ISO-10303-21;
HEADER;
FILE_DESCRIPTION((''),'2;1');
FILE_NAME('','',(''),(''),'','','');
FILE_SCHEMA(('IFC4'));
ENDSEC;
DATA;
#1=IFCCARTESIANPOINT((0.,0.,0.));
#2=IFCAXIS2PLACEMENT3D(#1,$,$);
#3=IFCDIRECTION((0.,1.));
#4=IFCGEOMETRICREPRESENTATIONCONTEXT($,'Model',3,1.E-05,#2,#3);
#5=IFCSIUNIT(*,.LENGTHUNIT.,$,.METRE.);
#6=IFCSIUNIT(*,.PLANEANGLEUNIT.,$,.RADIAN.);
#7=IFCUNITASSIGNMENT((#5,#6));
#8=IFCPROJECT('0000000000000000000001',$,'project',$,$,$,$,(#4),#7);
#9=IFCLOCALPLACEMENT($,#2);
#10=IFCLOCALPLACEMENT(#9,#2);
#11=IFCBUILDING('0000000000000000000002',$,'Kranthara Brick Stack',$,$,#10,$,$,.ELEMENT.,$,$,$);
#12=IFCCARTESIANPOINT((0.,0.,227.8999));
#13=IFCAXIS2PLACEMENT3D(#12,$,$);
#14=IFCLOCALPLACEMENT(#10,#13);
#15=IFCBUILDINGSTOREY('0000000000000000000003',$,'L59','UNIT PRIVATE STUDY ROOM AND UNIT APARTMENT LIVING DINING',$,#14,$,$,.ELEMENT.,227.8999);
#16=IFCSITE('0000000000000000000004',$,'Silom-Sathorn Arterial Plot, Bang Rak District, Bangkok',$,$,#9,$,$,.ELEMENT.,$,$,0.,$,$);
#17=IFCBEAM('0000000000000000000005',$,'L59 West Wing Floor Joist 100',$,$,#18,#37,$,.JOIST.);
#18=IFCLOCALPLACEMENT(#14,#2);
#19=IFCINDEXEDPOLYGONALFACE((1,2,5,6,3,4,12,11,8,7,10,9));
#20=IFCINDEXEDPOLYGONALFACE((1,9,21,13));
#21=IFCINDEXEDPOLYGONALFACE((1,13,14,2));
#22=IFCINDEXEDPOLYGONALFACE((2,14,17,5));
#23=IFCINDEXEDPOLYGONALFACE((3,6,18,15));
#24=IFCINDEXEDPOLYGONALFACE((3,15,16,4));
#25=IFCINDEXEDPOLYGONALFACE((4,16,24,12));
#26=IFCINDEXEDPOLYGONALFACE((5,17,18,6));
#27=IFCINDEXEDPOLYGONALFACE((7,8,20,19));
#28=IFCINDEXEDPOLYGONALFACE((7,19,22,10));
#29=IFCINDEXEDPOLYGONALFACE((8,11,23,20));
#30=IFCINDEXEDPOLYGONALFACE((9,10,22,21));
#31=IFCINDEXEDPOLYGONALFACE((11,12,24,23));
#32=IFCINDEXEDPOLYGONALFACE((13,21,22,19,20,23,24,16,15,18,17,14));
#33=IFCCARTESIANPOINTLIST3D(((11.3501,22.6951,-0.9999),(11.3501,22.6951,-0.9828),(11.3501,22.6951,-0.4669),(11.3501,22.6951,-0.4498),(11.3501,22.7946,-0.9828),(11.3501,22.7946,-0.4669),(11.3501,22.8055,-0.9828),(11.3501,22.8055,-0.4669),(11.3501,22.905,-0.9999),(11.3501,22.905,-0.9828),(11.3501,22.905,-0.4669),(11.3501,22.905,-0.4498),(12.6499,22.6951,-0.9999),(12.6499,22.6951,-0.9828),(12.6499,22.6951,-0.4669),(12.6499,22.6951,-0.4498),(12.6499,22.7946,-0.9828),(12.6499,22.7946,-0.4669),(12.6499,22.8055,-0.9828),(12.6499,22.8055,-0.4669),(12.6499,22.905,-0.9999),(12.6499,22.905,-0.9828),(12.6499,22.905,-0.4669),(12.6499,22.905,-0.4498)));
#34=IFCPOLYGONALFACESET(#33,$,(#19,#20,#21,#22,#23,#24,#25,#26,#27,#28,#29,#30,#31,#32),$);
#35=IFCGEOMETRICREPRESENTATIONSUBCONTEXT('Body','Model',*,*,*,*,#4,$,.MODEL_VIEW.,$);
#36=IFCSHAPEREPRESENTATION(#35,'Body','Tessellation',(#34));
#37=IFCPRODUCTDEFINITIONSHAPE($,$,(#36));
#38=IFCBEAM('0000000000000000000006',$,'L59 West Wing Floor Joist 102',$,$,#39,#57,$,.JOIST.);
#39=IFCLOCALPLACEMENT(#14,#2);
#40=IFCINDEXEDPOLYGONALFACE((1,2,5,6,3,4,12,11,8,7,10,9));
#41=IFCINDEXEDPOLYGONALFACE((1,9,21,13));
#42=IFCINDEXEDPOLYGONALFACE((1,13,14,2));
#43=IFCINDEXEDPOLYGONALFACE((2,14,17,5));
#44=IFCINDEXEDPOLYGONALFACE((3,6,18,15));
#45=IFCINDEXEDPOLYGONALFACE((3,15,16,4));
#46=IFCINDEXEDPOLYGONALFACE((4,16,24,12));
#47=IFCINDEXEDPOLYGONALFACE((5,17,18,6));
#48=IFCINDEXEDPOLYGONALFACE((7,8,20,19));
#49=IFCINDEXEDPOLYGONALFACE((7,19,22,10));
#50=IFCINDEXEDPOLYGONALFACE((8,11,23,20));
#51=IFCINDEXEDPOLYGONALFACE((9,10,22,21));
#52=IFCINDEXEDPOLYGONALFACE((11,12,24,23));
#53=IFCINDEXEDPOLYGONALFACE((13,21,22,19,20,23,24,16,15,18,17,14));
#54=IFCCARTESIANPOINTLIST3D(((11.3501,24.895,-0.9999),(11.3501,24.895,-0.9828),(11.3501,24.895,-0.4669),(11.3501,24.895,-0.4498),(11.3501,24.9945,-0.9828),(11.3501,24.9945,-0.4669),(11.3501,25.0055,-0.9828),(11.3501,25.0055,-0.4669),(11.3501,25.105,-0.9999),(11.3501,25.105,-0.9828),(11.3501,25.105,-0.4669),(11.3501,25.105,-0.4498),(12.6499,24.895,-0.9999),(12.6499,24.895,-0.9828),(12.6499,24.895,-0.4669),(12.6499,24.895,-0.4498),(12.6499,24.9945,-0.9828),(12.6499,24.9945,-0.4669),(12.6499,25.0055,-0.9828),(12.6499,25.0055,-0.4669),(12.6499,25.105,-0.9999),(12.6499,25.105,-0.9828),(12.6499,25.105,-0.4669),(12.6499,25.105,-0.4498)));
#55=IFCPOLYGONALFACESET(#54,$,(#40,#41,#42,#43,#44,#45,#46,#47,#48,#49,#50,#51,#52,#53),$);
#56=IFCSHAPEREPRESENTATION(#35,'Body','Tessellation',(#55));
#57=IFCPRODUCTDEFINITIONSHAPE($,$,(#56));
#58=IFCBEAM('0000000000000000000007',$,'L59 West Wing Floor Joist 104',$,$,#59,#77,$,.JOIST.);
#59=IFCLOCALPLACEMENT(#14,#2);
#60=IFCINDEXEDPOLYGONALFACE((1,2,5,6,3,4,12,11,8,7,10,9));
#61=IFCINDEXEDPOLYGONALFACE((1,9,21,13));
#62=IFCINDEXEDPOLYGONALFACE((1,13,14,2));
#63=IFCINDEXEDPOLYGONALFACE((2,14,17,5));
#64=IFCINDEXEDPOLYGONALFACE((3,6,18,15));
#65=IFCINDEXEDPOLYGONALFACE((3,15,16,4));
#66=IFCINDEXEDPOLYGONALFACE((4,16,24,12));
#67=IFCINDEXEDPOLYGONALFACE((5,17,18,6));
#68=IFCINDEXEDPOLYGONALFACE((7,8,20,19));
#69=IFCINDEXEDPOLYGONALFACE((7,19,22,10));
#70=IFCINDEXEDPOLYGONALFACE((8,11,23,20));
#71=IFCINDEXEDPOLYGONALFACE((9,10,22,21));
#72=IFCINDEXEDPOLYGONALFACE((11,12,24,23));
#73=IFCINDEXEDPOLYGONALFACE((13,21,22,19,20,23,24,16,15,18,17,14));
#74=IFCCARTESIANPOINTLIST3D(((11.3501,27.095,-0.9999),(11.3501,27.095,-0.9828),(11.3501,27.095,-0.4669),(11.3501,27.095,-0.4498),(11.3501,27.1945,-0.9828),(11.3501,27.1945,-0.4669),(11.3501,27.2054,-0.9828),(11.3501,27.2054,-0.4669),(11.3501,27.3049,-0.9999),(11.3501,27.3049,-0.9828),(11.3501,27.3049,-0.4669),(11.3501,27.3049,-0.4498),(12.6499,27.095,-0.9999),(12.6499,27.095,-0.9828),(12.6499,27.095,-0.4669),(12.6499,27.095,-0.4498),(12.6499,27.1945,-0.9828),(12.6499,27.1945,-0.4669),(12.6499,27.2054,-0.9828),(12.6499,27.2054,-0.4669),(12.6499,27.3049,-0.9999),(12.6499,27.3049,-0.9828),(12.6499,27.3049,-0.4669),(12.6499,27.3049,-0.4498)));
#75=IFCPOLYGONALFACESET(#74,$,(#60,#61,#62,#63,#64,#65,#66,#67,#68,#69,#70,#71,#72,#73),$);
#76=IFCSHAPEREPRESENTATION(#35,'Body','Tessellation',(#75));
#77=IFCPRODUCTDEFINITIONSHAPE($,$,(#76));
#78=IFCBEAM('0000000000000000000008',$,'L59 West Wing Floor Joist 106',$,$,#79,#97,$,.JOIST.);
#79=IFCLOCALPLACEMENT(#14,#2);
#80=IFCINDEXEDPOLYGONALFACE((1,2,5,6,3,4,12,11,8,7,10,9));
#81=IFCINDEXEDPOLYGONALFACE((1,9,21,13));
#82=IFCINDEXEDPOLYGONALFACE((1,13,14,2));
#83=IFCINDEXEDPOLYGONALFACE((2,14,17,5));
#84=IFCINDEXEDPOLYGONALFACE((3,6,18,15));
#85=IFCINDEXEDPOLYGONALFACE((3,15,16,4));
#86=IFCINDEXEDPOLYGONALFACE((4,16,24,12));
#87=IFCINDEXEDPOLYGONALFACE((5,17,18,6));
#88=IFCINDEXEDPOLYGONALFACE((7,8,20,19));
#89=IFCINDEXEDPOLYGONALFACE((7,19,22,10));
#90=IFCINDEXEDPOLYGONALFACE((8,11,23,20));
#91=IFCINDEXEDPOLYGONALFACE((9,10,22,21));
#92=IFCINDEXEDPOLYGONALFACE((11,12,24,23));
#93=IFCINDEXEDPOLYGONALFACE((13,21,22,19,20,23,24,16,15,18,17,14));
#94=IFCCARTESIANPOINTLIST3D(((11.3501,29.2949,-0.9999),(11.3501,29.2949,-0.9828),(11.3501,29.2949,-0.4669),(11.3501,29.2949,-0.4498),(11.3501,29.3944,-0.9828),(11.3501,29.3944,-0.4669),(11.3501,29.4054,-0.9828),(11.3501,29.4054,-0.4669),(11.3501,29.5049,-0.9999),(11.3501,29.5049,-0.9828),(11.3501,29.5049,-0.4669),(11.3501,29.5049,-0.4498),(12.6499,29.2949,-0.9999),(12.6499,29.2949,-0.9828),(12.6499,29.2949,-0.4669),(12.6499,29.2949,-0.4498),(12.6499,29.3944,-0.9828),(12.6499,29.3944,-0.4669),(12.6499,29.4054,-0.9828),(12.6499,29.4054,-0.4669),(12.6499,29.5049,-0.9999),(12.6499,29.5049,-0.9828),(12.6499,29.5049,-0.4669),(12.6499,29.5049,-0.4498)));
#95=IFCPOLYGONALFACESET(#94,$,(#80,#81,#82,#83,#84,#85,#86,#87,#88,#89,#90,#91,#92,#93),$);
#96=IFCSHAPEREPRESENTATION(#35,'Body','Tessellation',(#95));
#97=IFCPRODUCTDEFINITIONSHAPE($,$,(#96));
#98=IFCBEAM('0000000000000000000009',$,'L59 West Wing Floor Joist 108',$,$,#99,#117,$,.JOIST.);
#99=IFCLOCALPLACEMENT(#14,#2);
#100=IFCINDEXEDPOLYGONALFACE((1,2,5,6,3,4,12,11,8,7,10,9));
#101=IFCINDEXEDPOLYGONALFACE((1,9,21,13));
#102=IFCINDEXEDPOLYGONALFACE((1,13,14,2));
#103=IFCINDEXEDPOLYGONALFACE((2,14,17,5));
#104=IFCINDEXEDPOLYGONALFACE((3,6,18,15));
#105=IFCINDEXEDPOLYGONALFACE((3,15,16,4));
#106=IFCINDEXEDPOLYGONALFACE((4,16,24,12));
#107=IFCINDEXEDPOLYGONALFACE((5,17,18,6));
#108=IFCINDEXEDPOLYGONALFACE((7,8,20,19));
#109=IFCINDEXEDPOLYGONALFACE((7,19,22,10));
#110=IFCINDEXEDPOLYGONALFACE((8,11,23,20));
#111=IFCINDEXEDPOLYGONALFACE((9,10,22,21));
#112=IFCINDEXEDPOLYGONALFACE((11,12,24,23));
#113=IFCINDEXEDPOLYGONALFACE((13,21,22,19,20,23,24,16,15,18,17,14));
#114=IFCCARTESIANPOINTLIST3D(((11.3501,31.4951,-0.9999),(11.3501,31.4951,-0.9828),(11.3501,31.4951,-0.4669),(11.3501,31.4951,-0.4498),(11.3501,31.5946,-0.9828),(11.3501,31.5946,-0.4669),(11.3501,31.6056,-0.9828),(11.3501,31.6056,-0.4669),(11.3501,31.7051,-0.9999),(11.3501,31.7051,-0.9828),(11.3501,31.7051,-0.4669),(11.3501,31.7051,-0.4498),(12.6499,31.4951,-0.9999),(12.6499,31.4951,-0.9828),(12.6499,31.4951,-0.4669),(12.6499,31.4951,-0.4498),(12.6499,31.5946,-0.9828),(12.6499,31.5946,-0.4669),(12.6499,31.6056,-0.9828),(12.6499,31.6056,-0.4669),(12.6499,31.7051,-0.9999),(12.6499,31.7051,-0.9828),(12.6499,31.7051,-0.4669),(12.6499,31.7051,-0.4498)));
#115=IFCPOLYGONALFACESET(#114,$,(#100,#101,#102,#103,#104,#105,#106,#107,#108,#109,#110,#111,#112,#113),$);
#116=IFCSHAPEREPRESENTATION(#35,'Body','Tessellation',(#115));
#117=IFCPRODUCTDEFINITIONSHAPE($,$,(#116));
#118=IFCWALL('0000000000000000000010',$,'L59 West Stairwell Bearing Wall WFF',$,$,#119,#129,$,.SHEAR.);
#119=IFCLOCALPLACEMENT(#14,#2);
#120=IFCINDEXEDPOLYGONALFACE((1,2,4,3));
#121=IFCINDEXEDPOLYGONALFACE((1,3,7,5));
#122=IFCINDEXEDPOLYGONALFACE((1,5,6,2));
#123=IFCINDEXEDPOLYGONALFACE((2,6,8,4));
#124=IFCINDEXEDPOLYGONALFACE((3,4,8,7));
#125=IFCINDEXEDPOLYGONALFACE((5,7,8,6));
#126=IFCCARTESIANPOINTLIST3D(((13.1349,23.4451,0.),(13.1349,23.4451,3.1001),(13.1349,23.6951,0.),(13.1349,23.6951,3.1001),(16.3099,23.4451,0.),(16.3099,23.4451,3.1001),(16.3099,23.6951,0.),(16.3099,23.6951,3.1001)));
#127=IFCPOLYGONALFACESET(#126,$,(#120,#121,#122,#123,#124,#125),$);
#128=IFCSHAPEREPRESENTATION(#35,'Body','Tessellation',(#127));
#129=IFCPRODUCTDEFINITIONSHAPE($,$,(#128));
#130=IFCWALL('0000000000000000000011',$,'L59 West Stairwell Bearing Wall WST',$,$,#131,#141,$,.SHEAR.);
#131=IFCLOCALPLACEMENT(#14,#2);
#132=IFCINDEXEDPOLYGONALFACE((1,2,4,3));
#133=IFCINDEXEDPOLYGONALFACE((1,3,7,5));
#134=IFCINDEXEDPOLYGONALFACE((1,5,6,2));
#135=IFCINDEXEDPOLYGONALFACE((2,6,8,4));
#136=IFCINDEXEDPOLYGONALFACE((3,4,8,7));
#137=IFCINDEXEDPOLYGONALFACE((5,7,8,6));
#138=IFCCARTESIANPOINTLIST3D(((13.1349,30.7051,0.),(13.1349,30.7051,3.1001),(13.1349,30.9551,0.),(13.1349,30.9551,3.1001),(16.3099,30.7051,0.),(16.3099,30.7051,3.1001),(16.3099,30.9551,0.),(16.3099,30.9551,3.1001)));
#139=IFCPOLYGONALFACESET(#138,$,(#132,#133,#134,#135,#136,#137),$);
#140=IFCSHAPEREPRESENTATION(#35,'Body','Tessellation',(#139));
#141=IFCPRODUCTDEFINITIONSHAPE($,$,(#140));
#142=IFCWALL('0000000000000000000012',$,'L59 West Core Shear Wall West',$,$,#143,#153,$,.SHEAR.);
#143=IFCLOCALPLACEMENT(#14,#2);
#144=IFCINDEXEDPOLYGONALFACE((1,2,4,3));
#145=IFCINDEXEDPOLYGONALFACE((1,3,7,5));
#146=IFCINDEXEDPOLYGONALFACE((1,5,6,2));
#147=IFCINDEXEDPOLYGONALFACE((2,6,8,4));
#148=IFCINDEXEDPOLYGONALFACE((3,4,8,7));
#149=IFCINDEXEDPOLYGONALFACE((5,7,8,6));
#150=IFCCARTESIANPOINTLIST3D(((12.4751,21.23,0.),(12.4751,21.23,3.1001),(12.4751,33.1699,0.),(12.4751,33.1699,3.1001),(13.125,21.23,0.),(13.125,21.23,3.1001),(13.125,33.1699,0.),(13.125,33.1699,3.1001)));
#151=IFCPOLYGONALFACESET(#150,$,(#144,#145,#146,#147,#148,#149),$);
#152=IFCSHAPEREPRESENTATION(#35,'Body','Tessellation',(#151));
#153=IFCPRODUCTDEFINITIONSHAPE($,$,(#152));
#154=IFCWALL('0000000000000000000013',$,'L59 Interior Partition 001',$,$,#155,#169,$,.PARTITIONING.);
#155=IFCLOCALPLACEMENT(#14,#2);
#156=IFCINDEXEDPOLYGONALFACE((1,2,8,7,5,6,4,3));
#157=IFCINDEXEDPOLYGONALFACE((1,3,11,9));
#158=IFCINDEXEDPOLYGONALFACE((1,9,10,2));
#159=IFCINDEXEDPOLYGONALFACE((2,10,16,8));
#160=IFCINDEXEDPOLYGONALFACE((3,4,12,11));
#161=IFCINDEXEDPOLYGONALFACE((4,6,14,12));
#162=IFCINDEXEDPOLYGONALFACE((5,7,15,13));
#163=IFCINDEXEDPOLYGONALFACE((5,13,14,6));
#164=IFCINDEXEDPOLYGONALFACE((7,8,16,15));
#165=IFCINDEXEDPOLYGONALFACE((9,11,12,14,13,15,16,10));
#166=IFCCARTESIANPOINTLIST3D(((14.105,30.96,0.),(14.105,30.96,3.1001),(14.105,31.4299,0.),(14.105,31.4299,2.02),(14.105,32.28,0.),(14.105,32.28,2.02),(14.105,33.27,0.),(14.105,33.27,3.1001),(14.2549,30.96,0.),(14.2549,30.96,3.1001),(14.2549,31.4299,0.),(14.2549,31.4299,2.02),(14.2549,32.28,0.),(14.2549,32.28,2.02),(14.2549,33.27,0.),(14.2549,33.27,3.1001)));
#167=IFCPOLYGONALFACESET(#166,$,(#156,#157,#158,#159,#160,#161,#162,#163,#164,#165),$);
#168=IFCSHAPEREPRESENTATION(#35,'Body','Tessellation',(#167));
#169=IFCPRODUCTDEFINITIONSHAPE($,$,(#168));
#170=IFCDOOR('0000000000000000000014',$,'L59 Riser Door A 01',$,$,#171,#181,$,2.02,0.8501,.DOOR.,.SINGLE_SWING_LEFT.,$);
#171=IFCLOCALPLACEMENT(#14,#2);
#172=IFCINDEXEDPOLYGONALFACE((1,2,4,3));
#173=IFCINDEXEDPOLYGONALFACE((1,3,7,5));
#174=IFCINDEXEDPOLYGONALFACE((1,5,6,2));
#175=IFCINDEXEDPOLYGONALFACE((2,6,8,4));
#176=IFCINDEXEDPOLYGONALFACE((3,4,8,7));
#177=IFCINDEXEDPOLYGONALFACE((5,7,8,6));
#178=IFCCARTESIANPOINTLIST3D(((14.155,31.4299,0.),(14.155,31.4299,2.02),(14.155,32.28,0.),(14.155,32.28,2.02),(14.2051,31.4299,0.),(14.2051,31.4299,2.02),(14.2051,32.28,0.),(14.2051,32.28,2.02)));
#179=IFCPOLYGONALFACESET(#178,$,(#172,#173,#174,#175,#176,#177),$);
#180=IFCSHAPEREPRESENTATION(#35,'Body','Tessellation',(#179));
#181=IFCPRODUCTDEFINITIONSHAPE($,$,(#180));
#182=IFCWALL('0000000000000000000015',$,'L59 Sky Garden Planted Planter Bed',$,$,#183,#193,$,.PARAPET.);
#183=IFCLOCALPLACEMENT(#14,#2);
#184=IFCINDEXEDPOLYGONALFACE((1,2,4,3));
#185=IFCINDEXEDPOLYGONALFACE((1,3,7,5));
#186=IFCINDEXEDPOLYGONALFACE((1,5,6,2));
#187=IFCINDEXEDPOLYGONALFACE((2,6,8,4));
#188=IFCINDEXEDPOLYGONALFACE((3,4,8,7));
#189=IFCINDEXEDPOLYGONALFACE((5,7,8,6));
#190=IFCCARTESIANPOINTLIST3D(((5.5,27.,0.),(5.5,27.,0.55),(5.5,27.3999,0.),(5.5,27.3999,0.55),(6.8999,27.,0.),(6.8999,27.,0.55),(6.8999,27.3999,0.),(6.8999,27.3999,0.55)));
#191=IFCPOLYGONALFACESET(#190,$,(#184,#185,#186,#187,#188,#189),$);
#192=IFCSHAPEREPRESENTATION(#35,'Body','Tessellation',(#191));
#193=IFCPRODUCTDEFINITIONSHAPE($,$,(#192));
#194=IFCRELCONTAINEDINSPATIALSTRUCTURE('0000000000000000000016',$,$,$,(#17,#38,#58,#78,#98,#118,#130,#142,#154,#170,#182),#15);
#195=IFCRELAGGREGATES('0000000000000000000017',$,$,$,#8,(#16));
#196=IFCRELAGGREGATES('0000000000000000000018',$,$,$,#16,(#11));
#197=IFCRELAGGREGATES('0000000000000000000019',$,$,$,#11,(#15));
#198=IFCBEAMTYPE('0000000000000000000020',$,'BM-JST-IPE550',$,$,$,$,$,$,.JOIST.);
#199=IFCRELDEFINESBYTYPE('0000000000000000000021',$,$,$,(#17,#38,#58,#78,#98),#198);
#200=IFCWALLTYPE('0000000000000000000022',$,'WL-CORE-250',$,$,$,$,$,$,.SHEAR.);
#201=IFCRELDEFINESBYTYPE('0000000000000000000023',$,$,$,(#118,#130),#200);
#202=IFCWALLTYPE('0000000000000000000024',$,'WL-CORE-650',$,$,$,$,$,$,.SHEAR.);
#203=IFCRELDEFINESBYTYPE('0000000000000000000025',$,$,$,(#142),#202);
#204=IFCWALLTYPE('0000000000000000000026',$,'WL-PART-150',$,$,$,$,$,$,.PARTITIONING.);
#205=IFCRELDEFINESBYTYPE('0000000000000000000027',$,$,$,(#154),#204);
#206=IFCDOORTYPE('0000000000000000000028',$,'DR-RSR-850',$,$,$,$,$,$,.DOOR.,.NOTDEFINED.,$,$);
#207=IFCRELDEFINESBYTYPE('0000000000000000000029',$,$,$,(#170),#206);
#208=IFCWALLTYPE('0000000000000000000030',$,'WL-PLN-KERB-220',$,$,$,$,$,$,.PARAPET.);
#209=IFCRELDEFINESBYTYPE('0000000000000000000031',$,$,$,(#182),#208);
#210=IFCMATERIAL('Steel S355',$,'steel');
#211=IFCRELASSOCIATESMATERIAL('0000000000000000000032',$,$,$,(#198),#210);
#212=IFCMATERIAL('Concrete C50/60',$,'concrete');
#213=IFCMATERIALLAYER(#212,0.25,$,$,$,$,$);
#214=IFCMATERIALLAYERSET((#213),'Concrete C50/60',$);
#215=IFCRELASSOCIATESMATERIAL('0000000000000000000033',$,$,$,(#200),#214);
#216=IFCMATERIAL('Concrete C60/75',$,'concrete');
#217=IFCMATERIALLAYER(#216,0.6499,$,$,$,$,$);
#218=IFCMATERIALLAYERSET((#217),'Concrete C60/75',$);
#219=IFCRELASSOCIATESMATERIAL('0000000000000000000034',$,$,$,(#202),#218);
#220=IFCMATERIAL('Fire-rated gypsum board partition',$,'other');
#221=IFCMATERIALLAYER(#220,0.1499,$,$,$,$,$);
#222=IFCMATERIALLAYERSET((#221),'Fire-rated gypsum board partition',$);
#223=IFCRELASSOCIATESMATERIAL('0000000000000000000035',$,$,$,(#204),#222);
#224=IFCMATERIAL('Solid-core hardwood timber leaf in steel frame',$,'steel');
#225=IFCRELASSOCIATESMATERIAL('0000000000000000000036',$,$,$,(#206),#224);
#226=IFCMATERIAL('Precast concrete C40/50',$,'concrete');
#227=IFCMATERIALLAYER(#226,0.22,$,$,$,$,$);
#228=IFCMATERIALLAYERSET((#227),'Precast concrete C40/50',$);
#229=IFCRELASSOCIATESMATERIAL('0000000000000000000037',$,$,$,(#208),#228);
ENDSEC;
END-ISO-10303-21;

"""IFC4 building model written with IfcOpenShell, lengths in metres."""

from ifc_helpers import new_model, si_unit, direction, frame, frame_2d, origin, origin_2d, place, context, subcontext, project, spatial, rectangle, i_section, extrude, material, layer, layer_set, material_profile, profile_set, type_object, element, fill, save


model = new_model("IFC4")

# Units and contexts
model_context = context("Model", 3, precision=1e-05, world=origin(), true_north=direction((0.0, 1.0)))
body_context = subcontext(model_context, "Body", "Model", "MODEL_VIEW")
ifc_project = project(units=[si_unit("LENGTHUNIT", "METRE"), si_unit("PLANEANGLEUNIT", "RADIAN")], contexts=[model_context])

# Site, building, storey
site_placement = place(None, origin())
site = spatial("IfcSite", under=ifc_project, at=site_placement, Name="Silom-Sathorn Arterial Plot, Bang Rak District, Bangkok", CompositionType="ELEMENT", RefElevation=0.0)
building_placement = place(site_placement, origin())
building = spatial("IfcBuilding", under=site, at=building_placement, Name="Kranthara Brick Stack", CompositionType="ELEMENT")
storey_placement = place(building_placement, frame((0.0, 0.0, 227.8999)))
storey = spatial("IfcBuildingStorey", under=building, at=storey_placement, Name="L59", Description="UNIT PRIVATE STUDY ROOM AND UNIT APARTMENT LIVING DINING", CompositionType="ELEMENT", Elevation=227.8999)

# Beams
ifc_material_1 = material(Name="Steel S355", Category="steel")
ifc_material_profile = material_profile(ifc_material_1, i_section(OverallWidth=0.21, OverallDepth=0.55, WebThickness=0.011, FlangeThickness=0.0171, at=origin_2d()), Name="IPE 550")
ifc_profile_set = profile_set([ifc_material_profile], Name="Steel S355")
beam_type = type_object("IfcBeamType", Name="BM-JST-IPE550", PredefinedType="JOIST", material=ifc_profile_set)
for number, where, z_axis, x_axis, name in (
    (1, (11.3501, 22.8, -0.7249), (1.0, 0.0, 0.0), (0.0, 1.0, 0.0), "L59 West Wing Floor Joist 100"),
    (2, (11.3501, 25.0, -0.7249), (1.0, 0.0, 0.0), (0.0, 1.0, 0.0), "L59 West Wing Floor Joist 102"),
    (3, (11.3501, 27.2, -0.7249), (1.0, 0.0, 0.0), (0.0, 1.0, 0.0), "L59 West Wing Floor Joist 104"),
    (4, (11.3501, 29.3999, -0.7249), (1.0, 0.0, 0.0), (0.0, 1.0, 0.0), "L59 West Wing Floor Joist 106"),
    (5, (11.3501, 31.6001, -0.7249), (1.0, 0.0, 0.0), (0.0, 1.0, 0.0), "L59 West Wing Floor Joist 108"),
):
    element("IfcBeam", number, at=place(storey_placement, frame(where, z_axis=z_axis, x_axis=x_axis)), inside=storey, type_object=beam_type, Name=name, PredefinedType="JOIST", context=body_context, shape_type="SweptSolid", body=[
        extrude(i_section(OverallWidth=0.21, OverallDepth=0.55, WebThickness=0.011, FlangeThickness=0.0171, at=origin_2d()), origin(), (0.0, 0.0, 1.0), 1.2998),
    ])

# Walls
ifc_material_2 = material(Name="Concrete C50/60", Category="concrete")
ifc_layer_1 = layer(ifc_material_2, 0.25)
ifc_layer_set_1 = layer_set([ifc_layer_1], Name="Concrete C50/60")
wall_type_1 = type_object("IfcWallType", Name="WL-CORE-250", PredefinedType="SHEAR", material=ifc_layer_set_1)
for number, where, z_axis, x_axis, name in (
    (6, (13.135, 23.5701, 0.0), (0.0, 0.0, 1.0), (1.0, 0.0, 0.0), "L59 West Stairwell Bearing Wall WFF"),
    (7, (13.135, 30.8301, 0.0), (0.0, 0.0, 1.0), (1.0, 0.0, 0.0), "L59 West Stairwell Bearing Wall WST"),
):
    element("IfcWall", number, at=place(storey_placement, frame(where, z_axis=z_axis, x_axis=x_axis)), inside=storey, type_object=wall_type_1, Name=name, PredefinedType="SHEAR", context=body_context, shape_type="SweptSolid", body=[
        extrude(rectangle(XDim=3.175, YDim=0.25, at=frame_2d((1.5874, 0.0))), origin(), (0.0, 0.0, 1.0), 3.1001),
    ])
ifc_material_3 = material(Name="Concrete C60/75", Category="concrete")
ifc_layer_2 = layer(ifc_material_3, 0.6499)
ifc_layer_set_2 = layer_set([ifc_layer_2], Name="Concrete C60/75")
wall_type_2 = type_object("IfcWallType", Name="WL-CORE-650", PredefinedType="SHEAR", material=ifc_layer_set_2)
wall_1_placement = place(storey_placement, frame((12.8, 21.23, 0.0), z_axis=(0.0, 0.0, 1.0), x_axis=(0.0, 1.0, 0.0)))
element("IfcWall", 8, at=wall_1_placement, inside=storey, type_object=wall_type_2, Name="L59 West Core Shear Wall West", PredefinedType="SHEAR", context=body_context, shape_type="SweptSolid", body=[
    extrude(rectangle(XDim=11.9399, YDim=0.6499, at=frame_2d((5.97, 0.0))), origin(), (0.0, 0.0, 1.0), 3.1001),
])

# Wall, opening, door
ifc_material_4 = material(Name="Fire-rated gypsum board partition", Category="other")
ifc_layer_3 = layer(ifc_material_4, 0.1499)
ifc_layer_set_3 = layer_set([ifc_layer_3], Name="Fire-rated gypsum board partition")
wall_type_3 = type_object("IfcWallType", Name="WL-PART-150", PredefinedType="PARTITIONING", material=ifc_layer_set_3)
wall_2_placement = place(storey_placement, frame((14.1799, 30.96, 0.0), z_axis=(0.0, 0.0, 1.0), x_axis=(0.0, 1.0, 0.0)))
wall_2 = element("IfcWall", 9, at=wall_2_placement, inside=storey, type_object=wall_type_3, Name="L59 Interior Partition 001", PredefinedType="PARTITIONING", context=body_context, shape_type="SweptSolid", body=[
    extrude(rectangle(XDim=2.3101, YDim=0.1499, at=frame_2d((1.155, 0.0))), origin(), (0.0, 0.0, 1.0), 3.1001),
])
opening_placement = place(wall_2_placement, frame((0.47, 0.0, 0.0)))
opening = element("IfcOpeningElement", 10, at=opening_placement, cuts=wall_2, PredefinedType="OPENING", context=body_context, shape_type="SweptSolid", body=[
    extrude(rectangle(XDim=0.8501, YDim=2.02, at=frame_2d((0.425, 1.01))), frame((0.0, 0.085, 0.0), z_axis=(0.0, -1.0, 0.0), x_axis=(1.0, 0.0, 0.0)), (0.0, 0.0, 1.0), 0.1699),
])
ifc_material_5 = material(Name="Solid-core hardwood timber leaf in steel frame", Category="steel")
door_type = type_object("IfcDoorType", Name="DR-RSR-850", OperationType="NOTDEFINED", PredefinedType="DOOR", material=ifc_material_5)
door_placement = place(opening_placement, origin())
door = element("IfcDoor", 11, at=door_placement, inside=storey, type_object=door_type, Name="L59 Riser Door A 01", OperationType="SINGLE_SWING_LEFT", OverallHeight=2.02, OverallWidth=0.8501, PredefinedType="DOOR", context=body_context, shape_type="SweptSolid", body=[
    extrude(rectangle(XDim=0.8501, YDim=2.02, at=frame_2d((0.425, 1.01))), frame((0.0, 0.0249, 0.0), z_axis=(0.0, -1.0, 0.0), x_axis=(1.0, 0.0, 0.0)), (0.0, 0.0, 1.0), 0.05),
])
fill(opening, door)

# Wall
ifc_material_6 = material(Name="Precast concrete C40/50", Category="concrete")
ifc_layer_4 = layer(ifc_material_6, 0.22)
ifc_layer_set_4 = layer_set([ifc_layer_4], Name="Precast concrete C40/50")
wall_type_4 = type_object("IfcWallType", Name="WL-PLN-KERB-220", PredefinedType="PARAPET", material=ifc_layer_set_4)
wall_3_placement = place(storey_placement, frame((5.5, 27.2, 0.0), z_axis=(0.0, 0.0, 1.0), x_axis=(1.0, 0.0, 0.0)))
element("IfcWall", 12, at=wall_3_placement, inside=storey, type_object=wall_type_4, Name="L59 Sky Garden Planted Planter Bed", PredefinedType="PARAPET", context=body_context, shape_type="SweptSolid", body=[
    extrude(rectangle(XDim=1.3999, YDim=0.3999, at=frame_2d((0.7, 0.0))), origin(), (0.0, 0.0, 1.0), 0.55),
])

save(model, "model.ifc")
